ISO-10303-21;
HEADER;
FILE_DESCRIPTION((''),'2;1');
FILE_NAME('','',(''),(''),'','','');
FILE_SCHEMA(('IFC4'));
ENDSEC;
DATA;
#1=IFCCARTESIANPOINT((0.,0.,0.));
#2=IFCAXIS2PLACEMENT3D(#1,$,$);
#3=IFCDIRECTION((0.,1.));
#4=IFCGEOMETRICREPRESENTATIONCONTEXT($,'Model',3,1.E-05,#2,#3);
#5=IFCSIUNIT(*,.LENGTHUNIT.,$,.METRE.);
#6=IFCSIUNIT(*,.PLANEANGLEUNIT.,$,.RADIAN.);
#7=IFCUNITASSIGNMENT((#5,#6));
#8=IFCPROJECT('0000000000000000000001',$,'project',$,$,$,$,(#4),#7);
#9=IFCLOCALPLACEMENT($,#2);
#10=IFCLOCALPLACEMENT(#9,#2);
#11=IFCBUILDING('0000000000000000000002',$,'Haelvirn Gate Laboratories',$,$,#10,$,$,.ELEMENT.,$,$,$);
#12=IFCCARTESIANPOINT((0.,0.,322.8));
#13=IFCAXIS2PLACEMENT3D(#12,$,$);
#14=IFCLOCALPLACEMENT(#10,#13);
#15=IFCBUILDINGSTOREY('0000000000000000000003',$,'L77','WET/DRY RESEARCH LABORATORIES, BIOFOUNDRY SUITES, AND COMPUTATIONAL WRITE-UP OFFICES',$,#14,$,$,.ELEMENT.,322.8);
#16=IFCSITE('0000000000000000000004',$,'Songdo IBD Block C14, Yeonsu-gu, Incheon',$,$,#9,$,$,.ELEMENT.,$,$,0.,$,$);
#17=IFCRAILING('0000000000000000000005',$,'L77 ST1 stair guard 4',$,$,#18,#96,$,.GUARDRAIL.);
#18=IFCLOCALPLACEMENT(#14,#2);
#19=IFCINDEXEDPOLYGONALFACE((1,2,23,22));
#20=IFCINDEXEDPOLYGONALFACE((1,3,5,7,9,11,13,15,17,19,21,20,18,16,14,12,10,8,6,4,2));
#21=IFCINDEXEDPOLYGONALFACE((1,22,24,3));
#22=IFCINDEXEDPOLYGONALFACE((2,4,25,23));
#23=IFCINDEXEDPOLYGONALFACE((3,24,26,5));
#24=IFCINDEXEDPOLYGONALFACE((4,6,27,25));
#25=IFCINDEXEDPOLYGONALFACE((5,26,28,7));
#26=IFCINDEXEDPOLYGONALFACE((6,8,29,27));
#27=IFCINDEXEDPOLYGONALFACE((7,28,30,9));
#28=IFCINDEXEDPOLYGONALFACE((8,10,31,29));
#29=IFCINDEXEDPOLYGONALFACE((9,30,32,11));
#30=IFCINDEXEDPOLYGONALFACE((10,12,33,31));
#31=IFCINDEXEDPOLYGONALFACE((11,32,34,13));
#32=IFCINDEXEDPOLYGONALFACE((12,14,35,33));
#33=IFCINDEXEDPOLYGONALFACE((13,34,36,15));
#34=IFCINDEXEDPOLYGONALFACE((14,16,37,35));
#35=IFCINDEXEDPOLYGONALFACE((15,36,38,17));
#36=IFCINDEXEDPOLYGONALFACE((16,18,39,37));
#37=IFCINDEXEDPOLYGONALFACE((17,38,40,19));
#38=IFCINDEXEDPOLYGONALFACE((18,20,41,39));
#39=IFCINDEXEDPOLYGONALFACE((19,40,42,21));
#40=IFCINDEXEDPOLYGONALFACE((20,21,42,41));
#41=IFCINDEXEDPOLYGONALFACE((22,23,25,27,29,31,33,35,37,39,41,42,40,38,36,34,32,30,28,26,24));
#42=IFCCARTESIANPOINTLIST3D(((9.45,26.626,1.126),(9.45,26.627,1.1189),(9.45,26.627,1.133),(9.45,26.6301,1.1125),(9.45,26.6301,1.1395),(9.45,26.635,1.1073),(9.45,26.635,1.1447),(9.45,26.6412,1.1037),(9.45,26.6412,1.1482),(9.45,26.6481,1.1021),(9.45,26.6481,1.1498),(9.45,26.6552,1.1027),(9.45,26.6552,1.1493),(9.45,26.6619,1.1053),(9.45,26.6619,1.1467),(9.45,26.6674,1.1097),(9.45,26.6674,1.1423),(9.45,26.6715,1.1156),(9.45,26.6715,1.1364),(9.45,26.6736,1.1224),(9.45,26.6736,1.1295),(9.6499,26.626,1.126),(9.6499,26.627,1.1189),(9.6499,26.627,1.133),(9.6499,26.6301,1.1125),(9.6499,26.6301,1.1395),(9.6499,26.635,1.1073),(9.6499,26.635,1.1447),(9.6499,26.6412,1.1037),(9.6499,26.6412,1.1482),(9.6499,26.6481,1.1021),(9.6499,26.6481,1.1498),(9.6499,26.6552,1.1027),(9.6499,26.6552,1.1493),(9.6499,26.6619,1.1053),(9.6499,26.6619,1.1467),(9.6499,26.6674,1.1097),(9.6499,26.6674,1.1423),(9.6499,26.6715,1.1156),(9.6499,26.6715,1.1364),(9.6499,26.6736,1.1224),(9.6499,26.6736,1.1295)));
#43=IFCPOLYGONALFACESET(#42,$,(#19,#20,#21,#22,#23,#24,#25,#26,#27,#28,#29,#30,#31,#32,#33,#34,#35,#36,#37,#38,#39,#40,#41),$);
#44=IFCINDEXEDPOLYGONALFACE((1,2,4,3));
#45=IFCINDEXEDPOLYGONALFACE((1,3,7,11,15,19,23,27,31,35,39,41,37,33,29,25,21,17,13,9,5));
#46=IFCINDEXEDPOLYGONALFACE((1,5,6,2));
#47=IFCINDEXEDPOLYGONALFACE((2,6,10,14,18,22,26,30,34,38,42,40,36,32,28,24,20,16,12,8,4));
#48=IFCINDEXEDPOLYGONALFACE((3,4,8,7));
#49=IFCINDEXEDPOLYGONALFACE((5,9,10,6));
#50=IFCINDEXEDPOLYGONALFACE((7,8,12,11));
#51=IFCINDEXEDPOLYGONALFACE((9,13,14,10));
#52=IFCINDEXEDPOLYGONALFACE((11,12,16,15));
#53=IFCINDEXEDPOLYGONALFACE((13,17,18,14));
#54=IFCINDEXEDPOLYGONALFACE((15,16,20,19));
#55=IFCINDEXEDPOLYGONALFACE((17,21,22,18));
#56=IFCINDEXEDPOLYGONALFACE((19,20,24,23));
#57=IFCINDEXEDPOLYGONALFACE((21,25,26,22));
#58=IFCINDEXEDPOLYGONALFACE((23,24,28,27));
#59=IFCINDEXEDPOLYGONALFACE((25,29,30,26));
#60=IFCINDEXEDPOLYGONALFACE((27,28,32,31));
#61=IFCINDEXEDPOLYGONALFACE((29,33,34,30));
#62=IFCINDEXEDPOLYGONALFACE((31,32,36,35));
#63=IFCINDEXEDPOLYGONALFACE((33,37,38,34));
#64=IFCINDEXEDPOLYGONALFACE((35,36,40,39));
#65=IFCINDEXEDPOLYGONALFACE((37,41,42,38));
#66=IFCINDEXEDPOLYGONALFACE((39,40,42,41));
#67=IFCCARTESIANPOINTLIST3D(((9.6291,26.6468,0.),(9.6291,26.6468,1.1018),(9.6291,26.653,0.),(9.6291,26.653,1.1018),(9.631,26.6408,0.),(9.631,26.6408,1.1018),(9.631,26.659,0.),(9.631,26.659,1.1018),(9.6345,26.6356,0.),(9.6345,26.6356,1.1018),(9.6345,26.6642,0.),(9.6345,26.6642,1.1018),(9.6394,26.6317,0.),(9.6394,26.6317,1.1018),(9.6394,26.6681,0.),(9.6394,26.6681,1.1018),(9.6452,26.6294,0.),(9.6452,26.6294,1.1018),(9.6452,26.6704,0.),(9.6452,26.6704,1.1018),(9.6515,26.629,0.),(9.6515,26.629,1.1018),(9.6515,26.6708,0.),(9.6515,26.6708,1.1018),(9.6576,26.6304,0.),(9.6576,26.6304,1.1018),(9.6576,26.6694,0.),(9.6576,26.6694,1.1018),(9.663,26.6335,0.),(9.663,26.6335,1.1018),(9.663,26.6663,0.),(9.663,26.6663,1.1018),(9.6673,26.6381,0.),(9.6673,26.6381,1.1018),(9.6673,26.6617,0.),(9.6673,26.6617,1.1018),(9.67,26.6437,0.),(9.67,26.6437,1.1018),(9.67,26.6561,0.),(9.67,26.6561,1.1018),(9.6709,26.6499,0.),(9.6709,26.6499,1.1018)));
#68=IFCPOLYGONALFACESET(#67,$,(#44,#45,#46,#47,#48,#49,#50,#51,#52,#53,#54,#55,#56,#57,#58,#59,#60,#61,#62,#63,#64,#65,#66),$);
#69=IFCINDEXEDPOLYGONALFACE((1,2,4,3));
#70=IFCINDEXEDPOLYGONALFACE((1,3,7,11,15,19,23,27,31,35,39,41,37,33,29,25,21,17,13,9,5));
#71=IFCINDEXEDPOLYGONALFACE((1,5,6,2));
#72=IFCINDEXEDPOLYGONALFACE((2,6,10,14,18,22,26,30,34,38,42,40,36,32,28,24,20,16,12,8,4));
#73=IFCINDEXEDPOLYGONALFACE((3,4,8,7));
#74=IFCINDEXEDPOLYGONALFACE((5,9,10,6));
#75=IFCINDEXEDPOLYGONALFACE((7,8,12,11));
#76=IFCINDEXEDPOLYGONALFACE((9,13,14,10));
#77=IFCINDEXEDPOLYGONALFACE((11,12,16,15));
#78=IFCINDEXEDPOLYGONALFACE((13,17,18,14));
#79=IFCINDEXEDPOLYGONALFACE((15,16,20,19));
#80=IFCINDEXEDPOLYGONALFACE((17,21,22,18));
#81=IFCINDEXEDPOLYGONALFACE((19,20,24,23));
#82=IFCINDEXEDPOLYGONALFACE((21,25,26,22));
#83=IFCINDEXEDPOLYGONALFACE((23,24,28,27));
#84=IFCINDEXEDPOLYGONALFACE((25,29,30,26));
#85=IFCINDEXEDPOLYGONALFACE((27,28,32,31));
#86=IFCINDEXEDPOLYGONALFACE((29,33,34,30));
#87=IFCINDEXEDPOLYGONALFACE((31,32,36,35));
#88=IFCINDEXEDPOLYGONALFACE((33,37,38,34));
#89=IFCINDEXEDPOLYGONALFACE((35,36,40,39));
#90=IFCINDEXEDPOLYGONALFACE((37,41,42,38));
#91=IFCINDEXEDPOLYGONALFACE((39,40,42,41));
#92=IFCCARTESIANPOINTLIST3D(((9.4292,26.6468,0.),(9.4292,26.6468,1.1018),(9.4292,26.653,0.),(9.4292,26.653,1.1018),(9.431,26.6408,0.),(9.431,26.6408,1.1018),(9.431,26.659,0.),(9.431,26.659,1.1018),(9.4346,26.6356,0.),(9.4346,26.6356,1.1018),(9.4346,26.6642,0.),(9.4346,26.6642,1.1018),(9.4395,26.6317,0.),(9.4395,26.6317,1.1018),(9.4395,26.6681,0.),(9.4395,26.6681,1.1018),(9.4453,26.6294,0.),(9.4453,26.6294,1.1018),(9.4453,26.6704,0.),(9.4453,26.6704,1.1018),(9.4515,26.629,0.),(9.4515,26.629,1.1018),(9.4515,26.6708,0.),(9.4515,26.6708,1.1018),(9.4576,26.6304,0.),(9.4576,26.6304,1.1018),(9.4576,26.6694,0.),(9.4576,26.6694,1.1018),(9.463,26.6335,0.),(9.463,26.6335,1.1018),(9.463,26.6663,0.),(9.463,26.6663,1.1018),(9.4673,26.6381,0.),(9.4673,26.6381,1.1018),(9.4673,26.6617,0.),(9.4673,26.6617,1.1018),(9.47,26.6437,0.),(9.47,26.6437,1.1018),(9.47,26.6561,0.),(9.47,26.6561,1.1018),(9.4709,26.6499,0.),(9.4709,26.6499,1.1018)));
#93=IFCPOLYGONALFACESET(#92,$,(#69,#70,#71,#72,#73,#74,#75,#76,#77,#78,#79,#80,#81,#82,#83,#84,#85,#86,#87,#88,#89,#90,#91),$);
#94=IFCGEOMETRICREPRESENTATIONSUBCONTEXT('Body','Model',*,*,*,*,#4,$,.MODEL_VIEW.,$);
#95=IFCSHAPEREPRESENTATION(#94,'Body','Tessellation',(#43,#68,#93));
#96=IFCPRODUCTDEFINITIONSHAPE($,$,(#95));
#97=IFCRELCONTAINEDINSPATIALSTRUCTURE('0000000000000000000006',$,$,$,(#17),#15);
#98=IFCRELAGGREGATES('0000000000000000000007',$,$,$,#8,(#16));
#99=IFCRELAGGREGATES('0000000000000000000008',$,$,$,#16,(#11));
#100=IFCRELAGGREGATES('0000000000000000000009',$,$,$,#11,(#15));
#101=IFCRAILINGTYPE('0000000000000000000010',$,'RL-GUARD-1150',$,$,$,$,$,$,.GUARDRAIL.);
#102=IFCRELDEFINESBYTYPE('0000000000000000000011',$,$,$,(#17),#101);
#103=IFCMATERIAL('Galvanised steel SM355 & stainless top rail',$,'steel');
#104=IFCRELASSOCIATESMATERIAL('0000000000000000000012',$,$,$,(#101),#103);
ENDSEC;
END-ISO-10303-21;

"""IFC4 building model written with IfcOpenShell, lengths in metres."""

from ifc_helpers import new_model, si_unit, direction, frame, origin, origin_2d, place, context, subcontext, project, spatial, circle, extrude, source, transform, mapped, material, type_object, element, save


model = new_model("IFC4")

# Units and contexts
model_context = context("Model", 3, precision=1e-05, world=origin(), true_north=direction((0.0, 1.0)))
body_context = subcontext(model_context, "Body", "Model", "MODEL_VIEW")
ifc_project = project(units=[si_unit("LENGTHUNIT", "METRE"), si_unit("PLANEANGLEUNIT", "RADIAN")], contexts=[model_context])

# Site, building, storey
site_placement = place(None, origin())
site = spatial("IfcSite", under=ifc_project, at=site_placement, Name="Songdo IBD Block C14, Yeonsu-gu, Incheon", CompositionType="ELEMENT", RefElevation=0.0)
building_placement = place(site_placement, origin())
building = spatial("IfcBuilding", under=site, at=building_placement, Name="Haelvirn Gate Laboratories", CompositionType="ELEMENT")
storey_placement = place(building_placement, frame((0.0, 0.0, 322.8)))
storey = spatial("IfcBuildingStorey", under=building, at=storey_placement, Name="L77", Description="WET/DRY RESEARCH LABORATORIES, BIOFOUNDRY SUITES, AND COMPUTATIONAL WRITE-UP OFFICES", CompositionType="ELEMENT", Elevation=322.8)

# Railing
ifc_material_1 = material(Name="Galvanised steel SM355 & stainless top rail", Category="steel")
railing_type_1 = type_object("IfcRailingType", Name="RL-GUARD-1150", PredefinedType="GUARDRAIL", material=ifc_material_1)
shared_shape_1 = source(origin(), body_context, "Body", "SweptSolid", [
    extrude(circle(Radius=0.0239, at=origin_2d()), frame((0.0, 0.0, 1.126), z_axis=(-1.0, 0.0, 0.0), x_axis=(0.0, -1.0, 0.0)), (0.0, 0.0, 1.0), 0.2),
    extrude(circle(Radius=0.021, at=origin_2d()), origin(), (0.0, 0.0, 1.0), 1.1018),
    extrude(circle(Radius=0.021, at=origin_2d()), frame((-0.2, 0.0, 0.0)), (0.0, 0.0, 1.0), 1.1018),
])
for number, where, name in (
    (1, (9.6499, 26.6499, 0.0), "L77 ST1 stair guard 4"),
):
    element("IfcRailing", number, at=place(storey_placement, frame(where)), inside=storey, type_object=railing_type_1, Name=name, PredefinedType="GUARDRAIL", context=body_context, shape_type="MappedRepresentation", body=[
        mapped(shared_shape_1, transform((0.0, 0.0, 0.0), scale=1.0)),
    ])

save(model, "model.ifc")
